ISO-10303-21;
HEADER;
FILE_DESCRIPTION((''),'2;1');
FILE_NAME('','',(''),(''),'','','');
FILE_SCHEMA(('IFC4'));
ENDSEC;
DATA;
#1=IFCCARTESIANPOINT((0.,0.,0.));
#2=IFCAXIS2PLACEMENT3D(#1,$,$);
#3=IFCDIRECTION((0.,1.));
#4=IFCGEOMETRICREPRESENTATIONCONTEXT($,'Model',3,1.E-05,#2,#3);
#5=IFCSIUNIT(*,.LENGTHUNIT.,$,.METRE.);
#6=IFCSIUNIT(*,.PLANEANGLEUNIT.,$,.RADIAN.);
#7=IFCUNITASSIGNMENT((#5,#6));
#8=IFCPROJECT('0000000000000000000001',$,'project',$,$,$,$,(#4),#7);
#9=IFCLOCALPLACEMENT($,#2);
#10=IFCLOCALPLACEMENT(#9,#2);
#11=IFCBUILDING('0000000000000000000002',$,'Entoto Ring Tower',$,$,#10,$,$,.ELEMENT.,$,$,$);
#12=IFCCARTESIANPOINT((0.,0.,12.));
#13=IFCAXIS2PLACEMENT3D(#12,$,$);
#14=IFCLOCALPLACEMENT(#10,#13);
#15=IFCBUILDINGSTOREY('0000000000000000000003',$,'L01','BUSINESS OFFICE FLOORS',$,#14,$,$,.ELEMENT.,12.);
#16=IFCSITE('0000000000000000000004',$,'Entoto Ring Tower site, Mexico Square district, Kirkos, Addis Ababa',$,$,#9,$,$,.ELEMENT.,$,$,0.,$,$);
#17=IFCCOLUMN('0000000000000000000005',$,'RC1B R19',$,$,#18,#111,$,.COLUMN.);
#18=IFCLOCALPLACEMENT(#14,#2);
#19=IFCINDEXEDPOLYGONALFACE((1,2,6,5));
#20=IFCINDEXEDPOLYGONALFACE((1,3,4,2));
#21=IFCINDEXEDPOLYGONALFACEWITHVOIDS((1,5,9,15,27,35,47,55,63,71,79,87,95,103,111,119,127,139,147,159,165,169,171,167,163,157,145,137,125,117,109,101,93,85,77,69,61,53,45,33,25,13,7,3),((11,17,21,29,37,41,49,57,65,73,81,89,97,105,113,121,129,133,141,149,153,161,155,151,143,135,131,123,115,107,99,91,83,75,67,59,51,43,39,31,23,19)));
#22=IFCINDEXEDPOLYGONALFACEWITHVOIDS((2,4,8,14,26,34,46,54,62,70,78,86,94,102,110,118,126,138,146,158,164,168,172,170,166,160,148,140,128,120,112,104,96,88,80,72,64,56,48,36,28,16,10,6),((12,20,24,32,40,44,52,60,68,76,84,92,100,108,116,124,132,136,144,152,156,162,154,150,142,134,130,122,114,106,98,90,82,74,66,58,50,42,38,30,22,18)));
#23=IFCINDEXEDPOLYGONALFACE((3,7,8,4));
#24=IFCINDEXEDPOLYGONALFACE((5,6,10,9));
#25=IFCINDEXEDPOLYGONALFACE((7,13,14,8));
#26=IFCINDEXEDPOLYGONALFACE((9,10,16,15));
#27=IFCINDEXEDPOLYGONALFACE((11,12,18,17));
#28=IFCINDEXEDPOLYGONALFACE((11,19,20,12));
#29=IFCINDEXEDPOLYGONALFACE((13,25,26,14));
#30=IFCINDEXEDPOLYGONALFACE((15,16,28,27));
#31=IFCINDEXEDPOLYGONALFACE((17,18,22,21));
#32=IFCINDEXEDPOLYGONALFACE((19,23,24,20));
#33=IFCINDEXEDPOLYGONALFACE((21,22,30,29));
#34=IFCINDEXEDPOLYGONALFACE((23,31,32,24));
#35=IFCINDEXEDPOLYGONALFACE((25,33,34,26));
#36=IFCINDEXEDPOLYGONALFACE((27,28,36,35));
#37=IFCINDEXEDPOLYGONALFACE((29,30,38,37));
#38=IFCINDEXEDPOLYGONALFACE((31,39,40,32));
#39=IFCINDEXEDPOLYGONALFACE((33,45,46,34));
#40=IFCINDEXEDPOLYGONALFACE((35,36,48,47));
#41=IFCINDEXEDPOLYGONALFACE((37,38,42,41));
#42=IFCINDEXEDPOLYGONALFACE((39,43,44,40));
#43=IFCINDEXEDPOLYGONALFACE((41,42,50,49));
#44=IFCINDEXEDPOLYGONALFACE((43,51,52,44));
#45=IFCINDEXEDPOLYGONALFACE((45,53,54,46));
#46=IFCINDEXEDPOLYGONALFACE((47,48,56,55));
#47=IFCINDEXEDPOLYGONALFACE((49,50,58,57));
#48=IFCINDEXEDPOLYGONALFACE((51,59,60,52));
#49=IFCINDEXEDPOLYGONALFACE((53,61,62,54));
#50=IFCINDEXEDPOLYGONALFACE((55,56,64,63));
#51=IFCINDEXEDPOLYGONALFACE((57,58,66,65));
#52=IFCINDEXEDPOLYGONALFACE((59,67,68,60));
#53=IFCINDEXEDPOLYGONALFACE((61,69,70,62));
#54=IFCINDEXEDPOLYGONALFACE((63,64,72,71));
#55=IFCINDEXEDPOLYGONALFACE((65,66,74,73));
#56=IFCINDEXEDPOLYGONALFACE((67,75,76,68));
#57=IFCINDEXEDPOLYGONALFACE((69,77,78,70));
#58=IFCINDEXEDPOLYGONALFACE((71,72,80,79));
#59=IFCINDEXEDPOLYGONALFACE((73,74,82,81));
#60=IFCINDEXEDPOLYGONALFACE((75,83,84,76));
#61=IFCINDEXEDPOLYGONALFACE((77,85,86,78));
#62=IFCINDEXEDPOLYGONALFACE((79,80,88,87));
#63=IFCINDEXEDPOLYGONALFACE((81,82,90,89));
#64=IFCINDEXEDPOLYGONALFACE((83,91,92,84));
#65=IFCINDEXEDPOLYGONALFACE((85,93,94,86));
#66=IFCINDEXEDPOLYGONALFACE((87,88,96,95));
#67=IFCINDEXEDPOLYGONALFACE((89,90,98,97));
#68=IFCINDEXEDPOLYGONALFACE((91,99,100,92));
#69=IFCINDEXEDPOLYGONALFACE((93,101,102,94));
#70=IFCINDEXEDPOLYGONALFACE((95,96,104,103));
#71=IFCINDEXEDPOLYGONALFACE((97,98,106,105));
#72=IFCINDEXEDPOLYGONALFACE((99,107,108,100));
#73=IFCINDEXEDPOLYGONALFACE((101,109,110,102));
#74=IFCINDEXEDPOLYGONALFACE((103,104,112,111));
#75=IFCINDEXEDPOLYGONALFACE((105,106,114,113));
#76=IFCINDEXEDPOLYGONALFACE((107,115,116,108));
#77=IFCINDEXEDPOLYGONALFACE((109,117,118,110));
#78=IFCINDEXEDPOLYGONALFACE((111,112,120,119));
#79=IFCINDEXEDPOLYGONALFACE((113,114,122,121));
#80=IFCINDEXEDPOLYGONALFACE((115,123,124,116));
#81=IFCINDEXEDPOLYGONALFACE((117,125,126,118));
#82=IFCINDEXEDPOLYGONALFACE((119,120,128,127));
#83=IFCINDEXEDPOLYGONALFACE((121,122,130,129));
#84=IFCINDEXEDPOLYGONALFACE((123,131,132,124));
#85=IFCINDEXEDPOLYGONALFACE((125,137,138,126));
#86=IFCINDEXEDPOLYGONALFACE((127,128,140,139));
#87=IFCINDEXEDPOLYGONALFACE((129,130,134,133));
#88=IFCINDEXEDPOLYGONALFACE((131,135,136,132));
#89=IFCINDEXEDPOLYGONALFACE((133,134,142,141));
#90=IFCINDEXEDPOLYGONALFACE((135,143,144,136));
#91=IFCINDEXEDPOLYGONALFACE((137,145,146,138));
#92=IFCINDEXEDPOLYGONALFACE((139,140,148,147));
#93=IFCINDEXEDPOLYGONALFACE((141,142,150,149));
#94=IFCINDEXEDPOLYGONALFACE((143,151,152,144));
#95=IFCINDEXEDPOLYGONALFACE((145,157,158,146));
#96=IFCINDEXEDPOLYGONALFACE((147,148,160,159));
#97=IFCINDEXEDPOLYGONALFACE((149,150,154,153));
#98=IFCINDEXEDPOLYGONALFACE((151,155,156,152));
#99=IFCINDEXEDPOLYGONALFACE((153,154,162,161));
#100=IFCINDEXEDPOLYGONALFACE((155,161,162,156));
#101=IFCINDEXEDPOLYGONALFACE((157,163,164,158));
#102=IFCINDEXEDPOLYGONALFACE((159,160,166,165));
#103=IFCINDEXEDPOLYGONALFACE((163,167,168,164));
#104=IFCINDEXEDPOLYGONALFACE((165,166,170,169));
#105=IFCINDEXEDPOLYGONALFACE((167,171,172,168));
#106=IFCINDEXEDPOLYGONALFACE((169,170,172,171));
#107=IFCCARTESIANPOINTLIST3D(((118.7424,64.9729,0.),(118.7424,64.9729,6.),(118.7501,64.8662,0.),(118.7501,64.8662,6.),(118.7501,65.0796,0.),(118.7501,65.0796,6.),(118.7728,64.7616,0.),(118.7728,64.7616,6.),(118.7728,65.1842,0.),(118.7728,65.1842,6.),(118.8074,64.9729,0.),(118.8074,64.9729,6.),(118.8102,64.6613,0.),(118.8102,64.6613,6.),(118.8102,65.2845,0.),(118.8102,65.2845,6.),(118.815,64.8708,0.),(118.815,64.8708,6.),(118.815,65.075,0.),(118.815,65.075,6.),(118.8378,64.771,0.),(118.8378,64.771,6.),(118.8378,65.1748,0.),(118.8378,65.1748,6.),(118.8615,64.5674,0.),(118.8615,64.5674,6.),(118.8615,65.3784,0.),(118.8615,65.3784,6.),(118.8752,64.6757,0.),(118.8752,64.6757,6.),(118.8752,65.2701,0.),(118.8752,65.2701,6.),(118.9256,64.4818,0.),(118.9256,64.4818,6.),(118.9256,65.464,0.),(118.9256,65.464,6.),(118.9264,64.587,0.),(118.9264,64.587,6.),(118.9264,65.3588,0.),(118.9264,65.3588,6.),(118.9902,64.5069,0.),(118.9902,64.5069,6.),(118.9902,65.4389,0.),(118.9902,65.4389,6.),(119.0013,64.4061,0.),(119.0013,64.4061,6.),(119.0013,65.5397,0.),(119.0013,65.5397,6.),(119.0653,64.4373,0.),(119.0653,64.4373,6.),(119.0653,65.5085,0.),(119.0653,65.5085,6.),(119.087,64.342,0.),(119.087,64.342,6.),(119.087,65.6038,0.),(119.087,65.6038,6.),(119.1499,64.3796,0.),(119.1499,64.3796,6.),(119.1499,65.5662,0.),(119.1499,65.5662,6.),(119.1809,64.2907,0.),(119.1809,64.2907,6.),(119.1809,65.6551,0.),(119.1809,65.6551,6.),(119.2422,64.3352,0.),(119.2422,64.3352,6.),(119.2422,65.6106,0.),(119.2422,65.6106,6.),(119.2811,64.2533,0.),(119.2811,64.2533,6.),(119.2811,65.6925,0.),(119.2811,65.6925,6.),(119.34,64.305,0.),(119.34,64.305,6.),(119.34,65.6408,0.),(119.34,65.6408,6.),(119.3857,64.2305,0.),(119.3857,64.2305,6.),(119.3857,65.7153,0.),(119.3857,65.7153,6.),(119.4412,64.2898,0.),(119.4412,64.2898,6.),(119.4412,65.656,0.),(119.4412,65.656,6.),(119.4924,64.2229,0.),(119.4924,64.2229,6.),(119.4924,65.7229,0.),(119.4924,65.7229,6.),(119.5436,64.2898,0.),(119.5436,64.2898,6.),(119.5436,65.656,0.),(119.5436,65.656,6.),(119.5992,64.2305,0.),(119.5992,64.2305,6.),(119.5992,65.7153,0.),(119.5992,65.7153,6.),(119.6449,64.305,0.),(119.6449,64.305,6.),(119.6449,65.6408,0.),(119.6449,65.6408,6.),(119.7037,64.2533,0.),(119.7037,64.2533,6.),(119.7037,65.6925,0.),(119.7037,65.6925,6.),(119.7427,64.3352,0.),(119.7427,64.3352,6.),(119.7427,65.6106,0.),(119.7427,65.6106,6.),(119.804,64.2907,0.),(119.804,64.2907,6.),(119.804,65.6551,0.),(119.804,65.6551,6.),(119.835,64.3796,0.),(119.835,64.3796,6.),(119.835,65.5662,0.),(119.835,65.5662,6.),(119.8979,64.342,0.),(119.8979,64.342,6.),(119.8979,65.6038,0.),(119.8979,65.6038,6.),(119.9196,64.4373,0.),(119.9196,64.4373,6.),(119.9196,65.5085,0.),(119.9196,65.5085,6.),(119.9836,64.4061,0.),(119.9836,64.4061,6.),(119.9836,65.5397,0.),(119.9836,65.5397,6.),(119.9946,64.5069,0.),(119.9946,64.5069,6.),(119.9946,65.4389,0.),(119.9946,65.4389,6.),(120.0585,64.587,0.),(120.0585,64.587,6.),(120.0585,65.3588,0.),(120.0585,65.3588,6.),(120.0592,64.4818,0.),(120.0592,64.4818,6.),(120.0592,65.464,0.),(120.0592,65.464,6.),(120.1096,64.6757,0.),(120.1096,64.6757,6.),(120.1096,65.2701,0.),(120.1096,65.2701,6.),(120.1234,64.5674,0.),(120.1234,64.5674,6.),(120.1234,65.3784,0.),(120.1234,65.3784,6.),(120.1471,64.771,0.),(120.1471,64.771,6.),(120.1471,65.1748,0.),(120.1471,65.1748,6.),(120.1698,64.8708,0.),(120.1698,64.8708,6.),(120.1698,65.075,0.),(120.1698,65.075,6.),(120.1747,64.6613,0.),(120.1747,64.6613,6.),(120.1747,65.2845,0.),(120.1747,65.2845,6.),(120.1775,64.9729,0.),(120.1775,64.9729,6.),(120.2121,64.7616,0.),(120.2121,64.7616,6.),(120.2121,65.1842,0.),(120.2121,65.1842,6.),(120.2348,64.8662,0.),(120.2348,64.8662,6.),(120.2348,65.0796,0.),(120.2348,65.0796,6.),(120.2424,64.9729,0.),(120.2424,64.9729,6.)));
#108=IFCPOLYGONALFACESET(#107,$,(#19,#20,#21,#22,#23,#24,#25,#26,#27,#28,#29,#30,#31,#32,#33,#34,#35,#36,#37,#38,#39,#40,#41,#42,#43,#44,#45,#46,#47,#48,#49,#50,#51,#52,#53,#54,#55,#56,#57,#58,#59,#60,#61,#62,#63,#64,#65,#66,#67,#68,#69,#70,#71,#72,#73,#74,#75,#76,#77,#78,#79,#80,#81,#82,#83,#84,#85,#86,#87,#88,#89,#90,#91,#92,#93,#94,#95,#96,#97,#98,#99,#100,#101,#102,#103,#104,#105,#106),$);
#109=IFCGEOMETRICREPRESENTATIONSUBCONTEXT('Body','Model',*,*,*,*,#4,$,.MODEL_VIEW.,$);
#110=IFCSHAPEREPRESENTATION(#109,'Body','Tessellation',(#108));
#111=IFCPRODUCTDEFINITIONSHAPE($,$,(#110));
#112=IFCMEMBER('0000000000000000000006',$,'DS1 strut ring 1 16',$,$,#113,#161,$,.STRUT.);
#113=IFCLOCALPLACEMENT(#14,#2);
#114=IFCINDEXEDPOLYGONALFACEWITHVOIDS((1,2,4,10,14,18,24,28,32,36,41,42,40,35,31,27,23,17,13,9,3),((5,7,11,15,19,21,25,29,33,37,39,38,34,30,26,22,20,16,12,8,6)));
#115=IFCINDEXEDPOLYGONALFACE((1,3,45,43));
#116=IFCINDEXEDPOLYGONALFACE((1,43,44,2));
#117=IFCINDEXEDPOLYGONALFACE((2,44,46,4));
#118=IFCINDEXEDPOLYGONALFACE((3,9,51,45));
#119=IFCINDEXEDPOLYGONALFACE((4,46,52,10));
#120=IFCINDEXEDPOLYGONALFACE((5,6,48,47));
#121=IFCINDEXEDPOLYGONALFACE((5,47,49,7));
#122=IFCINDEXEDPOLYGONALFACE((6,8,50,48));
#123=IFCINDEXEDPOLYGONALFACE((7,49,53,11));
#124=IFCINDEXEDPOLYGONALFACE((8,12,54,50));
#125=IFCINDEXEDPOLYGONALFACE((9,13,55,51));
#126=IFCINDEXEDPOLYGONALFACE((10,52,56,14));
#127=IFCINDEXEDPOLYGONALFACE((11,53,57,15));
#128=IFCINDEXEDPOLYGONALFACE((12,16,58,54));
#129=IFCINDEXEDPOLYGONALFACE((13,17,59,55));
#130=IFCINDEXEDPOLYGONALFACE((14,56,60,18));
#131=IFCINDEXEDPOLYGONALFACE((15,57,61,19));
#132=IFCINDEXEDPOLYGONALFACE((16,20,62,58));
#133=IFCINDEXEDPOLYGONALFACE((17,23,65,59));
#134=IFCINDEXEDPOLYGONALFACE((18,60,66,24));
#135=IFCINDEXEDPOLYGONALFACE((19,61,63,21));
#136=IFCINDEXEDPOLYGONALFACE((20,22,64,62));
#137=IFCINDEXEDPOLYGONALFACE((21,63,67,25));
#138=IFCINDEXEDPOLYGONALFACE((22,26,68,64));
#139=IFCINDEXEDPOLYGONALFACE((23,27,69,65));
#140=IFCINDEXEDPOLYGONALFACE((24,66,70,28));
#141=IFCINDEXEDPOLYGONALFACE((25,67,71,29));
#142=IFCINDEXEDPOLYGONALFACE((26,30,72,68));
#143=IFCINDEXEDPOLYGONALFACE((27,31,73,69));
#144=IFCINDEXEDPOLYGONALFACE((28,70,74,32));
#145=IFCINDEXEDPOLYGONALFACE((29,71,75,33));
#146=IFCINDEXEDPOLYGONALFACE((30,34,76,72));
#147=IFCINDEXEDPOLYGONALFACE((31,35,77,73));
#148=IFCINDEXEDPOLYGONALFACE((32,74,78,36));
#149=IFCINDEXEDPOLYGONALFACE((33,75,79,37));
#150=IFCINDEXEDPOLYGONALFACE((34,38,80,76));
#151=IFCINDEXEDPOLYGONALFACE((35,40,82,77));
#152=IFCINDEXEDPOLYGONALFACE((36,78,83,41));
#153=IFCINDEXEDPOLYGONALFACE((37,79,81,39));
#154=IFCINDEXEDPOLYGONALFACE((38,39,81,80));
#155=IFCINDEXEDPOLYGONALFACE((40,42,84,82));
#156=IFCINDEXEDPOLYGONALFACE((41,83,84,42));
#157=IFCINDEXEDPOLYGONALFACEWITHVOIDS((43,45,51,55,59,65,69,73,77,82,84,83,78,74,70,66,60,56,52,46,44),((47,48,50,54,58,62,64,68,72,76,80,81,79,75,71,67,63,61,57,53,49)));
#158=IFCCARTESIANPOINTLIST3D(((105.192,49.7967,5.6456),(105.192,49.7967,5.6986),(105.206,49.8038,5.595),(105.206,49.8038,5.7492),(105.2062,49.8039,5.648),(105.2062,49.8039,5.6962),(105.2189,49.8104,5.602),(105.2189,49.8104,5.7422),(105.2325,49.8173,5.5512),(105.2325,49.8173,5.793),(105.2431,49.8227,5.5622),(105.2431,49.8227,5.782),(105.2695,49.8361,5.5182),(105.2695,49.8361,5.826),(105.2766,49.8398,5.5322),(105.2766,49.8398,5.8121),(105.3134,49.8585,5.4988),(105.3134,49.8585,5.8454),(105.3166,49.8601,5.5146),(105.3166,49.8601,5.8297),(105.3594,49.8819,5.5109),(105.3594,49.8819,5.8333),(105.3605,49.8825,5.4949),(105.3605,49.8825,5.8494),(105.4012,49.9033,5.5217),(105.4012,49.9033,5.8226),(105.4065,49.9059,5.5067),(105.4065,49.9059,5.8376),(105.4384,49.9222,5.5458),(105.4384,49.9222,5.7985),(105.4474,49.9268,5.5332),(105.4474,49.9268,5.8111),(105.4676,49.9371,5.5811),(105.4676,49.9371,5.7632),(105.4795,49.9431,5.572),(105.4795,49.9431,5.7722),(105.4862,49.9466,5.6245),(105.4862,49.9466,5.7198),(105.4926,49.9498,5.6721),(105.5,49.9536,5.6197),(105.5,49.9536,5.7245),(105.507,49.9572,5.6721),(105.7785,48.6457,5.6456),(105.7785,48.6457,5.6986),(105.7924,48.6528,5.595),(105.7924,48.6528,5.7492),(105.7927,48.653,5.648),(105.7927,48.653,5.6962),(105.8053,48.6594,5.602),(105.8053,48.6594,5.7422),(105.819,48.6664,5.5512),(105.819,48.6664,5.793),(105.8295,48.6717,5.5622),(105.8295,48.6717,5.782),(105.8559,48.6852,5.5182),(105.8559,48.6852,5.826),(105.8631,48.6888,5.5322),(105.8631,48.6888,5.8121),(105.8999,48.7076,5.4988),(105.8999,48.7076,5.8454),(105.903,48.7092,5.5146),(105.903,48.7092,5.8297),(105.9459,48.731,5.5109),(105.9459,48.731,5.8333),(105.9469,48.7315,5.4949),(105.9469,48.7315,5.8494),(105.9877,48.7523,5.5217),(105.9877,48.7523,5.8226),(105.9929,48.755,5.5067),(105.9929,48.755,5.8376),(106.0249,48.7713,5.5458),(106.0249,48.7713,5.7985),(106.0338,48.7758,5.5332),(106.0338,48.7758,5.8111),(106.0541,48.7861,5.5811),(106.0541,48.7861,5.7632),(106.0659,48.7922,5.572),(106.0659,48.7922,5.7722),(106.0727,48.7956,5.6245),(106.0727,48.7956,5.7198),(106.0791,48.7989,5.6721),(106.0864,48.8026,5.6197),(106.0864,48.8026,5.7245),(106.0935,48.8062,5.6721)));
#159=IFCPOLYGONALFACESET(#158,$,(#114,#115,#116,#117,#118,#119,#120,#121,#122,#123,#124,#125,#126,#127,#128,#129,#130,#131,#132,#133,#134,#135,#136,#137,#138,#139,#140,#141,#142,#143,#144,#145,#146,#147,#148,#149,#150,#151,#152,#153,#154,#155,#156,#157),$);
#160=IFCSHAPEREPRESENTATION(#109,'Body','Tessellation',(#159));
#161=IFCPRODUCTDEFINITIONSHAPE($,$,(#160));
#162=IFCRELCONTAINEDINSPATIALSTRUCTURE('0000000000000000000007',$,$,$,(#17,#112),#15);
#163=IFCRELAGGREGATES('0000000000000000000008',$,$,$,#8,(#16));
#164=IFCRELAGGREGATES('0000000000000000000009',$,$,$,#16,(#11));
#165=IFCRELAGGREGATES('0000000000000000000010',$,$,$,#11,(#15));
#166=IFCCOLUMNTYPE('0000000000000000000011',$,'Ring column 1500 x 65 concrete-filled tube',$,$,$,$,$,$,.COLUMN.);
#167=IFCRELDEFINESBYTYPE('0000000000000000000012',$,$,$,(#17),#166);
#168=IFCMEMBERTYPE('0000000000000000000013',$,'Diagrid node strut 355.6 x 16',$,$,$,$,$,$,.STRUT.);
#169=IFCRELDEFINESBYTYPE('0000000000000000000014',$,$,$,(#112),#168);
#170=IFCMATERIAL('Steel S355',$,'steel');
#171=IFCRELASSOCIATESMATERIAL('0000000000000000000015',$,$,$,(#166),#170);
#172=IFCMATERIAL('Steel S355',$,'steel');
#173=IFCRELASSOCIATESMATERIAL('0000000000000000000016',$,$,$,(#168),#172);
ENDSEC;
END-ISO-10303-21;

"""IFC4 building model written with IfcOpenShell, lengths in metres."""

from ifc_helpers import new_model, si_unit, direction, frame, origin, origin_2d, place, context, subcontext, project, spatial, circle, hollow_circle, extrude, material, material_profile, profile_set, type_object, element, save


model = new_model("IFC4")

# Units and contexts
model_context = context("Model", 3, precision=1e-05, world=origin(), true_north=direction((0.0, 1.0)))
body_context = subcontext(model_context, "Body", "Model", "MODEL_VIEW")
ifc_project = project(units=[si_unit("LENGTHUNIT", "METRE"), si_unit("PLANEANGLEUNIT", "RADIAN")], contexts=[model_context])

# Site, building, storey
site_placement = place(None, origin())
site = spatial("IfcSite", under=ifc_project, at=site_placement, Name="Entoto Ring Tower site, Mexico Square district, Kirkos, Addis Ababa", CompositionType="ELEMENT", RefElevation=0.0)
building_placement = place(site_placement, origin())
building = spatial("IfcBuilding", under=site, at=building_placement, Name="Entoto Ring Tower", CompositionType="ELEMENT")
storey_placement = place(building_placement, frame((0.0, 0.0, 12.0)))
storey = spatial("IfcBuildingStorey", under=building, at=storey_placement, Name="L01", Description="BUSINESS OFFICE FLOORS", CompositionType="ELEMENT", Elevation=12.0)

# Column
ifc_material_1 = material(Name="Steel S355", Category="steel")
ifc_material_profile_1 = material_profile(ifc_material_1, hollow_circle(Radius=0.75, WallThickness=0.0649, at=origin_2d()), Name="CHS 1500 x 65")
ifc_material_2 = material(Name="Concrete C60/75", Category="concrete")
ifc_material_profile_2 = material_profile(ifc_material_2, circle(Radius=0.6851, at=origin_2d()), Name="Concrete C60/75 infill")
ifc_profile_set_1 = profile_set([ifc_material_profile_1, ifc_material_profile_2], Name="Steel S355")
column_type = type_object("IfcColumnType", Name="Ring column 1500 x 65 concrete-filled tube", PredefinedType="COLUMN", material=ifc_profile_set_1)
for number, where, z_axis, x_axis, name in (
    (1, (119.4924, 64.9729, 0.0), (0.0, 0.0, 1.0), (1.0, 0.0, 0.0), "RC1B R19"),
):
    element("IfcColumn", number, at=place(storey_placement, frame(where, z_axis=z_axis, x_axis=x_axis)), inside=storey, type_object=column_type, Name=name, PredefinedType="COLUMN", context=body_context, shape_type="SweptSolid", body=[
        extrude(hollow_circle(Radius=0.75, WallThickness=0.0649, at=origin_2d()), origin(), (0.0, 0.0, 1.0), 6.0),
    ])

# Member
ifc_material_3 = material(Name="Steel S355", Category="steel")
ifc_material_profile_3 = material_profile(ifc_material_3, hollow_circle(Radius=0.1777, WallThickness=0.0161, at=origin_2d()), Name="CHS 355.6 x 16")
ifc_material_4 = material(Name="Concrete C60/75", Category="concrete")
ifc_material_profile_4 = material_profile(ifc_material_4, circle(Radius=0.1619, at=origin_2d()), Name="Concrete C60/75 infill")
ifc_profile_set_2 = profile_set([ifc_material_profile_3, ifc_material_profile_4], Name="Steel S355")
member_type_1 = type_object("IfcMemberType", Name="Diagrid node strut 355.6 x 16", PredefinedType="STRUT", material=ifc_profile_set_2)
member_1_placement = place(storey_placement, frame((105.3486, 49.8765, 5.6721), z_axis=(0.454005, -0.890999, 0.0), x_axis=(0.890999, 0.454005, 0.0)))
element("IfcMember", 2, at=member_1_placement, inside=storey, type_object=member_type_1, Name="DS1 strut ring 1 16", PredefinedType="STRUT", context=body_context, shape_type="SweptSolid", body=[
    extrude(hollow_circle(Radius=0.1777, WallThickness=0.0161, at=origin_2d()), origin(), (0.0, 0.0, 1.0), 1.2917),
])

save(model, "model.ifc")
